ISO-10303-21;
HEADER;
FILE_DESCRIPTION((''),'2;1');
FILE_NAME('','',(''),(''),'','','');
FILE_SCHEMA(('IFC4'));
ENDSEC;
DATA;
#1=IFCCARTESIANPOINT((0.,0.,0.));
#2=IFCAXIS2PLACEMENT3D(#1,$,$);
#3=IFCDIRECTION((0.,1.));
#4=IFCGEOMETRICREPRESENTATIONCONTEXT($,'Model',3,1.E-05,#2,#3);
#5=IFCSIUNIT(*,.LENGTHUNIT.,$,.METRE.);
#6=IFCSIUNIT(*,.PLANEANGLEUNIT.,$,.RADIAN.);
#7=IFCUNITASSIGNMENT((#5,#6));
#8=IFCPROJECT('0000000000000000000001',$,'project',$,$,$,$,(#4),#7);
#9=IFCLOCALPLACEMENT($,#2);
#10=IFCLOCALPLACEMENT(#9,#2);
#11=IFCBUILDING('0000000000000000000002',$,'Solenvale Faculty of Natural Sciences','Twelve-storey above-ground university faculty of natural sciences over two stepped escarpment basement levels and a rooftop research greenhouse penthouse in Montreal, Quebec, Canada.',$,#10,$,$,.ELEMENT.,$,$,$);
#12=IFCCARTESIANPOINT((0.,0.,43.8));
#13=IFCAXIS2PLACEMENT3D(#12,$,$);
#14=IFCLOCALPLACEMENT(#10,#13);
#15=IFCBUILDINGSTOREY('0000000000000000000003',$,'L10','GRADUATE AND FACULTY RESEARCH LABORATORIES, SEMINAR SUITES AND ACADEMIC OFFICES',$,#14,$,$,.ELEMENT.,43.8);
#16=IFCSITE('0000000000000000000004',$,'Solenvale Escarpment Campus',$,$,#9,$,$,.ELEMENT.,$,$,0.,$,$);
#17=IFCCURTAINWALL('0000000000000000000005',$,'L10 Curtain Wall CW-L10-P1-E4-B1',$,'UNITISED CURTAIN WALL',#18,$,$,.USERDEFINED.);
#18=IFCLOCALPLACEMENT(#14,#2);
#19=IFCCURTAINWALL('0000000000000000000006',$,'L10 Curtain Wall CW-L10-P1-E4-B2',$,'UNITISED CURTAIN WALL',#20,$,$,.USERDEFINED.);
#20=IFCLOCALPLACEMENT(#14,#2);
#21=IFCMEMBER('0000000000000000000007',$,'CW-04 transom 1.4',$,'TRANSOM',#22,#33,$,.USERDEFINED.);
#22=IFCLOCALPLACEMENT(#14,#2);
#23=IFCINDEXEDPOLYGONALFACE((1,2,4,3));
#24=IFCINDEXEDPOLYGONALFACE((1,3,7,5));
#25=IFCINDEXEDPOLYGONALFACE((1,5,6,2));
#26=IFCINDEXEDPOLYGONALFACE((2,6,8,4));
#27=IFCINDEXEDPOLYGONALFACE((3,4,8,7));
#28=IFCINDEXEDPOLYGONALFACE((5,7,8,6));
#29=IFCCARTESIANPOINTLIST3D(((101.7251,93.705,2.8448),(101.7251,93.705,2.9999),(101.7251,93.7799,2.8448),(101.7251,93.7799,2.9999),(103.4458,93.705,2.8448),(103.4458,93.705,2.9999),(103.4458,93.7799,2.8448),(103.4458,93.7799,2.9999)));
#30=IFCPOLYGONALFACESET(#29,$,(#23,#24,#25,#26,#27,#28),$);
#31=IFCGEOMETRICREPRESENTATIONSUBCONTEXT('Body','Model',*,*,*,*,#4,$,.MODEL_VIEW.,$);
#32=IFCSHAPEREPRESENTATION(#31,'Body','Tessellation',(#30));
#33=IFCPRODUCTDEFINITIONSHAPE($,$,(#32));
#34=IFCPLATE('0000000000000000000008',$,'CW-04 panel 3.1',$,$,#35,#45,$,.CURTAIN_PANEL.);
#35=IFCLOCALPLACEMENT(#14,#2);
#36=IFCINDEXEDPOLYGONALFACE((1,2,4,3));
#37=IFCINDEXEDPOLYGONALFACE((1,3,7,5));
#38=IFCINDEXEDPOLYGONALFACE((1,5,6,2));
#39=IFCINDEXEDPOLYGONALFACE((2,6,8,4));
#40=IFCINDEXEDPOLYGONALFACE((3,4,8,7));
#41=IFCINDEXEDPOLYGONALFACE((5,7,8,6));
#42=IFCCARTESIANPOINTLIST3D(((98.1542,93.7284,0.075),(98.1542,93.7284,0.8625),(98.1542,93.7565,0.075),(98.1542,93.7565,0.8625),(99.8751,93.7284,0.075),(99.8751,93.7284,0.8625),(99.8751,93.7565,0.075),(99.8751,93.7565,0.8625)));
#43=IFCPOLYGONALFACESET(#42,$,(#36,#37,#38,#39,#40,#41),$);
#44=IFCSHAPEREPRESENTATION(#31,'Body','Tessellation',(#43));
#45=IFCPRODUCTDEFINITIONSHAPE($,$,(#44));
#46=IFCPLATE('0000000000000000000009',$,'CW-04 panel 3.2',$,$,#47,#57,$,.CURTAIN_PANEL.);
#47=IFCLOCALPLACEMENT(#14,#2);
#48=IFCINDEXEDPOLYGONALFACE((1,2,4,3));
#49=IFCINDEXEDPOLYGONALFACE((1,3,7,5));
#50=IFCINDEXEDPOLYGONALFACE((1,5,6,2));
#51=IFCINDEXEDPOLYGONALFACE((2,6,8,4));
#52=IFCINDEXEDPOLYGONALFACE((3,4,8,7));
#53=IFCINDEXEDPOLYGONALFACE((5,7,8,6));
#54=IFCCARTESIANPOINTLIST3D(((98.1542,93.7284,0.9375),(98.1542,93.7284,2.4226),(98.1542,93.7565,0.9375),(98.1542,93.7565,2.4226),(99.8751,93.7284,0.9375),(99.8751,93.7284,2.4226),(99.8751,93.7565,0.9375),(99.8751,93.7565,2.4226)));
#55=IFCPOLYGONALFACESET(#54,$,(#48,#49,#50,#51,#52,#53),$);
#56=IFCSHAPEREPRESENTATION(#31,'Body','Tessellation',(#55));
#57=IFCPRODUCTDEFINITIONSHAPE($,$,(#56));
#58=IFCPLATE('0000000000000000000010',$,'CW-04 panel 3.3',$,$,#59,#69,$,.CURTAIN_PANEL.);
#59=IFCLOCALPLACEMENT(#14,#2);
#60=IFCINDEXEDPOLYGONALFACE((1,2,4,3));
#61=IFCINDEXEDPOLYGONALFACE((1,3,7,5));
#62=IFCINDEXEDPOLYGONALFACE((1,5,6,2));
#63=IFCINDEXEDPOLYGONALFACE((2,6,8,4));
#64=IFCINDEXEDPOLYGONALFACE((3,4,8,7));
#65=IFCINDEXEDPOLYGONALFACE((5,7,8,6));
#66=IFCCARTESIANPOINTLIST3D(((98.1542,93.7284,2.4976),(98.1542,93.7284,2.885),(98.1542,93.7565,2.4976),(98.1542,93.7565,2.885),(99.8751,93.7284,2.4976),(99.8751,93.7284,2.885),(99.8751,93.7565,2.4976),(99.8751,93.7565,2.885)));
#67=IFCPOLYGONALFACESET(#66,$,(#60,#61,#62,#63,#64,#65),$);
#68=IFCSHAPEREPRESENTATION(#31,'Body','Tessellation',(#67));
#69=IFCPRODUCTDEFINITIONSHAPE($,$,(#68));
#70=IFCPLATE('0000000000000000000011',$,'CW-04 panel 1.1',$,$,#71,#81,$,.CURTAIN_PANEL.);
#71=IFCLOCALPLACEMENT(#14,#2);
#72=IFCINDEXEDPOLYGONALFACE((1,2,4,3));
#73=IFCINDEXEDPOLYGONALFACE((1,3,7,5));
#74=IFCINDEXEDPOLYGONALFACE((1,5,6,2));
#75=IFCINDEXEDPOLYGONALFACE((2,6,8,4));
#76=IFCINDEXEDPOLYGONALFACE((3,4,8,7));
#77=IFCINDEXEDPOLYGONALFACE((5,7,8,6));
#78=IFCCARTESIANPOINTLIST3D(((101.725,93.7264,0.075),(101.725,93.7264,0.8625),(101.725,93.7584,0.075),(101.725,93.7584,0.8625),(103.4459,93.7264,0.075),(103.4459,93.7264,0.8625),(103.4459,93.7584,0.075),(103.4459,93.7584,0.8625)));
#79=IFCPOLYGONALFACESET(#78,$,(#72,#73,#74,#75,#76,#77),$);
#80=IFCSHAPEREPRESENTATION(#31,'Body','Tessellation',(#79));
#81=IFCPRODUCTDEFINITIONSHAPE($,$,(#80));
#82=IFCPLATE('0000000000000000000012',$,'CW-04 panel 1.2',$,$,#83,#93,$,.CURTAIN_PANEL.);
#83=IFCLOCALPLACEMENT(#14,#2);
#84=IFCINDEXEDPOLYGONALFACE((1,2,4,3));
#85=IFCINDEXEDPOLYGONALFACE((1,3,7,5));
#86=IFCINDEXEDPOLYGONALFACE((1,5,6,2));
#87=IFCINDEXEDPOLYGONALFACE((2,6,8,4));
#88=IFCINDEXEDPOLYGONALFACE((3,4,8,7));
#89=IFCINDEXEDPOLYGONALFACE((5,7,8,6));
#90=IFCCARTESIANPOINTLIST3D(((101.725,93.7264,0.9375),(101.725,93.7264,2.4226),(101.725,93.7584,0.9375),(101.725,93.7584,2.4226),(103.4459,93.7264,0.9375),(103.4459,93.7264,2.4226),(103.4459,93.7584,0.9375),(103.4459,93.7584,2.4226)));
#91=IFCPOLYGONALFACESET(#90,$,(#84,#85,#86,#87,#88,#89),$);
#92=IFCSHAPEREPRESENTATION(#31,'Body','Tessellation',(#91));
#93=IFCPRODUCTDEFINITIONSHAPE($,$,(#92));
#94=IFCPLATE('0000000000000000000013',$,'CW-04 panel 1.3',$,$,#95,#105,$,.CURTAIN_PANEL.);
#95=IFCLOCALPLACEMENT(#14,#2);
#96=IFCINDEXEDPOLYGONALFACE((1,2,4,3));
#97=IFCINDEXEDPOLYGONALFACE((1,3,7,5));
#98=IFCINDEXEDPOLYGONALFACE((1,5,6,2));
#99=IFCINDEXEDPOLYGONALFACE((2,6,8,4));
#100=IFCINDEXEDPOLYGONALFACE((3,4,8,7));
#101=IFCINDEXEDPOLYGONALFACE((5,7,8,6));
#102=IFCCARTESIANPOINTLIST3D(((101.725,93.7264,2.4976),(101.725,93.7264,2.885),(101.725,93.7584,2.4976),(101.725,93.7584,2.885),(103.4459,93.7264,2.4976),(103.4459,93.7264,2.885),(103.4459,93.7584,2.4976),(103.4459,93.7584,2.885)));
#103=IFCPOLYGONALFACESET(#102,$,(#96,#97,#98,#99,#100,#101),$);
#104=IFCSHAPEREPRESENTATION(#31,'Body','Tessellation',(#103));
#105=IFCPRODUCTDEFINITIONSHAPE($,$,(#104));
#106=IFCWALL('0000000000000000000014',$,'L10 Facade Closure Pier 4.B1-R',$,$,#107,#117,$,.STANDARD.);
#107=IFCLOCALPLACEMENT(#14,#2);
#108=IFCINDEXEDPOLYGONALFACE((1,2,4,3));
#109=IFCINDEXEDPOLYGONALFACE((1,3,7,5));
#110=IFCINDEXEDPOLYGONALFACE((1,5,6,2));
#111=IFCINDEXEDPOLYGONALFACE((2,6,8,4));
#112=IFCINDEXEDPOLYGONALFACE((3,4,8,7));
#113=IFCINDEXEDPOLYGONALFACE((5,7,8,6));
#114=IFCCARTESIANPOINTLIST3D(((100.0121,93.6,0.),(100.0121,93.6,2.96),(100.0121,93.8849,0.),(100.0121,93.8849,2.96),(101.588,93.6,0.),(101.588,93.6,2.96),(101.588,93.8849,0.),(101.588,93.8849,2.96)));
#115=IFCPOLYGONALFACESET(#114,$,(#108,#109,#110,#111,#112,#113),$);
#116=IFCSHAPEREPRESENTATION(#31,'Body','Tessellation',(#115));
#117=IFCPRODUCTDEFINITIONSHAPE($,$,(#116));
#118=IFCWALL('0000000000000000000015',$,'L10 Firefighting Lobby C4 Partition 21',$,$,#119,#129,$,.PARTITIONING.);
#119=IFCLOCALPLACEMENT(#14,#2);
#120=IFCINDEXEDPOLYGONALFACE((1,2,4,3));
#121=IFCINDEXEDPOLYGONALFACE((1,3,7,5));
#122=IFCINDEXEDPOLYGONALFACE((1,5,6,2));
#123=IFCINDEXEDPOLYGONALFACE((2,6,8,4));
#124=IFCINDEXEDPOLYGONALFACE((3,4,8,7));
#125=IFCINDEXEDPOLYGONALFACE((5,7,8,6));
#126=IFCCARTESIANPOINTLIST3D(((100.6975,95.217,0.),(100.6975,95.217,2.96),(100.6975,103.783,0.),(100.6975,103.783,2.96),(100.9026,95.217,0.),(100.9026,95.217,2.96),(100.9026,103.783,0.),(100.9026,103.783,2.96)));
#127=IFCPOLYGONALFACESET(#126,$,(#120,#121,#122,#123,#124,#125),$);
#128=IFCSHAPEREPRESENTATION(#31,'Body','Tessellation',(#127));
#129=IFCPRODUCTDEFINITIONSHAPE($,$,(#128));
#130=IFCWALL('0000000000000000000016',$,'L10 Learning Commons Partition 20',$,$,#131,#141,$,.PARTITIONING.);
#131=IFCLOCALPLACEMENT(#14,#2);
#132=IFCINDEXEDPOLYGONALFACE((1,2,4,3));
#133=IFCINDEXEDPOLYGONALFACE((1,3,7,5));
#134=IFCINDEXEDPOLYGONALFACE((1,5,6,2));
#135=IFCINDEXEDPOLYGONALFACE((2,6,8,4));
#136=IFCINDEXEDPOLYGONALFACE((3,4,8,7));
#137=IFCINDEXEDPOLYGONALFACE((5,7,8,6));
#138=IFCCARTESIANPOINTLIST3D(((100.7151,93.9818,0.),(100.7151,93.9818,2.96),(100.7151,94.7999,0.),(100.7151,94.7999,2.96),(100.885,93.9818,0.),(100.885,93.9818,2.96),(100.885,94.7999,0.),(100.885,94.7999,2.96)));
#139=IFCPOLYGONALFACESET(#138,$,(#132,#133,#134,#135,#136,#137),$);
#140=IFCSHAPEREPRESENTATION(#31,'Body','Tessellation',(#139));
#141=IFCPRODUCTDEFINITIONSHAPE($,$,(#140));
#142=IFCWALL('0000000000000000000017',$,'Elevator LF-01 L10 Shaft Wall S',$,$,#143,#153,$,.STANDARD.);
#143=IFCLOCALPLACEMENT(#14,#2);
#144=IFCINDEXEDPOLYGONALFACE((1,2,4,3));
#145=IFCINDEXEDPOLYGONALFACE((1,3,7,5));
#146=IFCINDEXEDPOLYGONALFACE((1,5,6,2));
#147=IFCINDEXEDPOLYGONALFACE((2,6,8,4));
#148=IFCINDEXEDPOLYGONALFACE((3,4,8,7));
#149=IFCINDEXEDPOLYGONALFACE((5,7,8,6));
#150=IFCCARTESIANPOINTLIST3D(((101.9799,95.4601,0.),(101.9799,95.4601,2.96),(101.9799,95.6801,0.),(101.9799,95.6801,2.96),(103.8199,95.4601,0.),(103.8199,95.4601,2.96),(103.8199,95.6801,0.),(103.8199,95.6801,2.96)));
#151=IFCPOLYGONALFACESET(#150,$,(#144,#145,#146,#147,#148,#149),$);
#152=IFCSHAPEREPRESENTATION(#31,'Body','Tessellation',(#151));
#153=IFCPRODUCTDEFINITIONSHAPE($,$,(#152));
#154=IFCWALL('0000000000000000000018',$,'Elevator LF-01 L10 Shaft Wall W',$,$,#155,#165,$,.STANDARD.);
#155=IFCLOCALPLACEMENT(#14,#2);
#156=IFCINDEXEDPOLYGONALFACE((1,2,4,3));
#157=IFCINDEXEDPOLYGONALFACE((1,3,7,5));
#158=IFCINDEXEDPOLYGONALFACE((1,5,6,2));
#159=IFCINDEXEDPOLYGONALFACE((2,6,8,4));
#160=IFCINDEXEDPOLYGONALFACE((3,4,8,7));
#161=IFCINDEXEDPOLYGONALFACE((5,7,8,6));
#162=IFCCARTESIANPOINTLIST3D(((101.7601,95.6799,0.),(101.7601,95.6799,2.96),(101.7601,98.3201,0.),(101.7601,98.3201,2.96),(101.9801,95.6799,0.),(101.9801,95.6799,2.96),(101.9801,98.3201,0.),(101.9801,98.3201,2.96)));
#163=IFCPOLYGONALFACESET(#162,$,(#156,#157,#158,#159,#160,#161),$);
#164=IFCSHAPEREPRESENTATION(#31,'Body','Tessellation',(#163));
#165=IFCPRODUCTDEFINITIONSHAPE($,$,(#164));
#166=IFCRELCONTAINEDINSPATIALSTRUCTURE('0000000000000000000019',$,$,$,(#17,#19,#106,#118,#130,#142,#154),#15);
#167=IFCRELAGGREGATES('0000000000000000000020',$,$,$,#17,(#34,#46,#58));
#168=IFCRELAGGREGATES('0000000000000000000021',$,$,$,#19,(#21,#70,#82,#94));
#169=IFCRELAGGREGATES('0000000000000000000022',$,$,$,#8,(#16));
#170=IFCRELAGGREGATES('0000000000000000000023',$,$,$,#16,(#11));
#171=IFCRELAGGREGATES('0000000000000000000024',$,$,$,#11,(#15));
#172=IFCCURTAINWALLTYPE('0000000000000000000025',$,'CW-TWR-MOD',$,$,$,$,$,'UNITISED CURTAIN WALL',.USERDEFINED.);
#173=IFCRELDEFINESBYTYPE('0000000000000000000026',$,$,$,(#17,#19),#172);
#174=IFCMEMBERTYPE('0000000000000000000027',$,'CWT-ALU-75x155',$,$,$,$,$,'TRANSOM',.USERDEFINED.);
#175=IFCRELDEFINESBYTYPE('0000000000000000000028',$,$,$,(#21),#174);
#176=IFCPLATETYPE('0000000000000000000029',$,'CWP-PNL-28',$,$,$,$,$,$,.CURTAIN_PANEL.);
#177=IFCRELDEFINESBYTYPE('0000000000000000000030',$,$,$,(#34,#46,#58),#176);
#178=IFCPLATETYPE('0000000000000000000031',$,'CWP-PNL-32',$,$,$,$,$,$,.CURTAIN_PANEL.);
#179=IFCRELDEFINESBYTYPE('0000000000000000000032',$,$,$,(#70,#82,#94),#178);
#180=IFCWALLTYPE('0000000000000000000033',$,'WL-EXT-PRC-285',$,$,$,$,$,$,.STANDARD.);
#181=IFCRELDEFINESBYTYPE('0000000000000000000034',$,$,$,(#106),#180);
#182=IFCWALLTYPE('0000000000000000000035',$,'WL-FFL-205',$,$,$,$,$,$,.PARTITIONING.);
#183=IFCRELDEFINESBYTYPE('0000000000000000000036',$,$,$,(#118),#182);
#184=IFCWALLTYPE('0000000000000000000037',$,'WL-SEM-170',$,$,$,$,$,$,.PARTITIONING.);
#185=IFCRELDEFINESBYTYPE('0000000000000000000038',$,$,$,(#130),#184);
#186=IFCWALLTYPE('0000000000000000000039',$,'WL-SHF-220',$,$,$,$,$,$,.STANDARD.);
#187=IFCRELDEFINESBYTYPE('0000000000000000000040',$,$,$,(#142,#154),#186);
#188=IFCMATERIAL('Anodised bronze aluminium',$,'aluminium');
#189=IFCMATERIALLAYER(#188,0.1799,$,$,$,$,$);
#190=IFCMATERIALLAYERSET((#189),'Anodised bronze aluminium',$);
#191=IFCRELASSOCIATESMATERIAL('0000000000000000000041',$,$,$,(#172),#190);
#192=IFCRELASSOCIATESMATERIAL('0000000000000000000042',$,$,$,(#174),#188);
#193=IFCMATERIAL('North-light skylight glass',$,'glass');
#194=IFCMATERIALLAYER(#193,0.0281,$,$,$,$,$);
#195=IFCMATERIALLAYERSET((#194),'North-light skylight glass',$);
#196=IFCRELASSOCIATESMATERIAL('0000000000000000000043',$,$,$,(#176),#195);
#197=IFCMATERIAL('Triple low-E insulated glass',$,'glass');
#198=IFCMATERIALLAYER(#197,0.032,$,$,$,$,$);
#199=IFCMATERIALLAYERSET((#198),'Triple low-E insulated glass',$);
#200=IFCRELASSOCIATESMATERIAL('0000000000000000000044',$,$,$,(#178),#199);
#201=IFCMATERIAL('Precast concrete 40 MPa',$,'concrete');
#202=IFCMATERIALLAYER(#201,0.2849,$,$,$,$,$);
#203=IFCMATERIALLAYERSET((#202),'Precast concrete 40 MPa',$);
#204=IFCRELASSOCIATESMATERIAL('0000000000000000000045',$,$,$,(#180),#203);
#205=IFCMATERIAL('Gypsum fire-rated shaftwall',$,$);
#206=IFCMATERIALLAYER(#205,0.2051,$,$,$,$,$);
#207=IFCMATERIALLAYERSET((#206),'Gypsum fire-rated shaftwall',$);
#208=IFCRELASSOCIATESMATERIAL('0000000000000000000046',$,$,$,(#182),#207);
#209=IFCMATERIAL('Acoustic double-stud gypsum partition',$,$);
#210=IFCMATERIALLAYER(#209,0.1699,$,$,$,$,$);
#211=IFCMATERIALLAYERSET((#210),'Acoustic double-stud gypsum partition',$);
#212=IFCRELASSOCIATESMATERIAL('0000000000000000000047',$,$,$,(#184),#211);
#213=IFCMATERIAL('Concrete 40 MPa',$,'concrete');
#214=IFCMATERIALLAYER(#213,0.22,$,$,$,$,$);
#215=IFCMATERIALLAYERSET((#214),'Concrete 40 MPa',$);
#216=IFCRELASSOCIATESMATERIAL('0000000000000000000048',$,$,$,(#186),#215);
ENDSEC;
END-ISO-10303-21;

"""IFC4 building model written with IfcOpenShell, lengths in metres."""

from ifc_helpers import new_model, si_unit, direction, frame, frame_2d, origin, origin_2d, place, context, subcontext, project, spatial, rectangle, extrude, material, layer, layer_set, material_profile, profile_set, type_object, element, aggregate, save


model = new_model("IFC4")

# Units and contexts
model_context = context("Model", 3, precision=1e-05, world=origin(), true_north=direction((0.0, 1.0)))
body_context = subcontext(model_context, "Body", "Model", "MODEL_VIEW")
ifc_project = project(units=[si_unit("LENGTHUNIT", "METRE"), si_unit("PLANEANGLEUNIT", "RADIAN")], contexts=[model_context])

# Site, building, storey
site_placement = place(None, origin())
site = spatial("IfcSite", under=ifc_project, at=site_placement, Name="Solenvale Escarpment Campus", CompositionType="ELEMENT", RefElevation=0.0)
building_placement = place(site_placement, origin())
building = spatial("IfcBuilding", under=site, at=building_placement, Name="Solenvale Faculty of Natural Sciences", Description="Twelve-storey above-ground university faculty of natural sciences over two stepped escarpment basement levels and a rooftop research greenhouse penthouse in Montreal, Quebec, Canada.", CompositionType="ELEMENT")
storey_placement = place(building_placement, frame((0.0, 0.0, 43.8)))
storey = spatial("IfcBuildingStorey", under=building, at=storey_placement, Name="L10", Description="GRADUATE AND FACULTY RESEARCH LABORATORIES, SEMINAR SUITES AND ACADEMIC OFFICES", CompositionType="ELEMENT", Elevation=43.8)

# Shared definitions
ifc_material_1 = material(Name="Concrete 40 MPa", Category="concrete")

# Curtain walls
ifc_material_2 = material(Name="Anodised bronze aluminium", Category="aluminium")
ifc_layer_1 = layer(ifc_material_2, 0.1799)
ifc_layer_set_1 = layer_set([ifc_layer_1], Name="Anodised bronze aluminium")
curtain_wall_type = type_object("IfcCurtainWallType", Name="CW-TWR-MOD", ElementType="UNITISED CURTAIN WALL", PredefinedType="USERDEFINED", material=ifc_layer_set_1)
curtain_wall_1_placement = place(storey_placement, origin())
curtain_wall_1 = element("IfcCurtainWall", 1, at=curtain_wall_1_placement, inside=storey, type_object=curtain_wall_type, Name="L10 Curtain Wall CW-L10-P1-E4-B1", ObjectType="UNITISED CURTAIN WALL", PredefinedType="USERDEFINED")
curtain_wall_2_placement = place(storey_placement, origin())
curtain_wall_2 = element("IfcCurtainWall", 2, at=curtain_wall_2_placement, inside=storey, type_object=curtain_wall_type, Name="L10 Curtain Wall CW-L10-P1-E4-B2", ObjectType="UNITISED CURTAIN WALL", PredefinedType="USERDEFINED")

# Member
ifc_material_profile_1 = material_profile(ifc_material_2, rectangle(XDim=0.075, YDim=0.155, at=origin_2d()), Name="ALU-TRN-75x155")
ifc_profile_set_1 = profile_set([ifc_material_profile_1], Name="Anodised bronze aluminium")
member_type_1 = type_object("IfcMemberType", Name="CWT-ALU-75x155", ElementType="TRANSOM", PredefinedType="USERDEFINED", material=ifc_profile_set_1)
member_1_placement = place(storey_placement, frame((101.7251, 93.7424, 2.9224), z_axis=(1.0, 0.0, 0.0), x_axis=(0.0, 1.0, 0.0)))
member_1 = element("IfcMember", 3, at=member_1_placement, type_object=member_type_1, Name="CW-04 transom 1.4", ObjectType="TRANSOM", PredefinedType="USERDEFINED", context=body_context, shape_type="SweptSolid", body=[
    extrude(rectangle(XDim=0.075, YDim=0.155, at=origin_2d()), origin(), (0.0, 0.0, 1.0), 1.7207),
])

# Plates
ifc_material_3 = material(Name="North-light skylight glass", Category="glass")
ifc_layer_2 = layer(ifc_material_3, 0.0281)
ifc_layer_set_2 = layer_set([ifc_layer_2], Name="North-light skylight glass")
plate_type_1 = type_object("IfcPlateType", Name="CWP-PNL-28", PredefinedType="CURTAIN_PANEL", material=ifc_layer_set_2)
plate_1_placement = place(storey_placement, frame((99.0146, 93.7424, 0.075), z_axis=(0.0, 0.0, 1.0), x_axis=(1.0, 0.0, 0.0)))
plate_1 = element("IfcPlate", 4, at=plate_1_placement, type_object=plate_type_1, Name="CW-04 panel 3.1", PredefinedType="CURTAIN_PANEL", context=body_context, shape_type="SweptSolid", body=[
    extrude(rectangle(XDim=1.7209, YDim=0.0281, at=origin_2d()), origin(), (0.0, 0.0, 1.0), 0.7876),
])
plate_2_placement = place(storey_placement, frame((99.0146, 93.7424, 0.9375), z_axis=(0.0, 0.0, 1.0), x_axis=(1.0, 0.0, 0.0)))
plate_2 = element("IfcPlate", 5, at=plate_2_placement, type_object=plate_type_1, Name="CW-04 panel 3.2", PredefinedType="CURTAIN_PANEL", context=body_context, shape_type="SweptSolid", body=[
    extrude(rectangle(XDim=1.7209, YDim=0.0281, at=origin_2d()), origin(), (0.0, 0.0, 1.0), 1.4851),
])
plate_3_placement = place(storey_placement, frame((99.0146, 93.7424, 2.4976), z_axis=(0.0, 0.0, 1.0), x_axis=(1.0, 0.0, 0.0)))
plate_3 = element("IfcPlate", 6, at=plate_3_placement, type_object=plate_type_1, Name="CW-04 panel 3.3", PredefinedType="CURTAIN_PANEL", context=body_context, shape_type="SweptSolid", body=[
    extrude(rectangle(XDim=1.7209, YDim=0.0281, at=origin_2d()), origin(), (0.0, 0.0, 1.0), 0.3875),
])
aggregate(curtain_wall_1, [plate_1, plate_2, plate_3])
ifc_material_4 = material(Name="Triple low-E insulated glass", Category="glass")
ifc_layer_3 = layer(ifc_material_4, 0.032)
ifc_layer_set_3 = layer_set([ifc_layer_3], Name="Triple low-E insulated glass")
plate_type_2 = type_object("IfcPlateType", Name="CWP-PNL-32", PredefinedType="CURTAIN_PANEL", material=ifc_layer_set_3)
plate_4_placement = place(storey_placement, frame((102.5854, 93.7424, 0.075), z_axis=(0.0, 0.0, 1.0), x_axis=(1.0, 0.0, 0.0)))
plate_4 = element("IfcPlate", 7, at=plate_4_placement, type_object=plate_type_2, Name="CW-04 panel 1.1", PredefinedType="CURTAIN_PANEL", context=body_context, shape_type="SweptSolid", body=[
    extrude(rectangle(XDim=1.7209, YDim=0.032, at=origin_2d()), origin(), (0.0, 0.0, 1.0), 0.7876),
])
plate_5_placement = place(storey_placement, frame((102.5854, 93.7424, 0.9375), z_axis=(0.0, 0.0, 1.0), x_axis=(1.0, 0.0, 0.0)))
plate_5 = element("IfcPlate", 8, at=plate_5_placement, type_object=plate_type_2, Name="CW-04 panel 1.2", PredefinedType="CURTAIN_PANEL", context=body_context, shape_type="SweptSolid", body=[
    extrude(rectangle(XDim=1.7209, YDim=0.032, at=origin_2d()), origin(), (0.0, 0.0, 1.0), 1.4851),
])
plate_6_placement = place(storey_placement, frame((102.5854, 93.7424, 2.4976), z_axis=(0.0, 0.0, 1.0), x_axis=(1.0, 0.0, 0.0)))
plate_6 = element("IfcPlate", 9, at=plate_6_placement, type_object=plate_type_2, Name="CW-04 panel 1.3", PredefinedType="CURTAIN_PANEL", context=body_context, shape_type="SweptSolid", body=[
    extrude(rectangle(XDim=1.7209, YDim=0.032, at=origin_2d()), origin(), (0.0, 0.0, 1.0), 0.3875),
])
aggregate(curtain_wall_2, [member_1, plate_4, plate_5, plate_6])

# Walls
ifc_material_5 = material(Name="Precast concrete 40 MPa", Category="concrete")
ifc_layer_4 = layer(ifc_material_5, 0.2849)
ifc_layer_set_4 = layer_set([ifc_layer_4], Name="Precast concrete 40 MPa")
wall_type_1 = type_object("IfcWallType", Name="WL-EXT-PRC-285", PredefinedType="STANDARD", material=ifc_layer_set_4)
wall_1_placement = place(storey_placement, frame((100.012, 93.7424, 0.0), z_axis=(0.0, 0.0, 1.0), x_axis=(1.0, 0.0, 0.0)))
element("IfcWall", 10, at=wall_1_placement, inside=storey, type_object=wall_type_1, Name="L10 Facade Closure Pier 4.B1-R", PredefinedType="STANDARD", context=body_context, shape_type="SweptSolid", body=[
    extrude(rectangle(XDim=1.5759, YDim=0.2849, at=frame_2d((0.7881, 0.0))), origin(), (0.0, 0.0, 1.0), 2.96),
])
ifc_material_6 = material(Name="Gypsum fire-rated shaftwall")
ifc_layer_5 = layer(ifc_material_6, 0.2051)
ifc_layer_set_5 = layer_set([ifc_layer_5], Name="Gypsum fire-rated shaftwall")
wall_type_2 = type_object("IfcWallType", Name="WL-FFL-205", PredefinedType="PARTITIONING", material=ifc_layer_set_5)
wall_2_placement = place(storey_placement, frame((100.8, 95.217, 0.0), z_axis=(0.0, 0.0, 1.0), x_axis=(0.0, 1.0, 0.0)))
element("IfcWall", 11, at=wall_2_placement, inside=storey, type_object=wall_type_2, Name="L10 Firefighting Lobby C4 Partition 21", PredefinedType="PARTITIONING", context=body_context, shape_type="SweptSolid", body=[
    extrude(rectangle(XDim=8.5659, YDim=0.2051, at=frame_2d((4.283, 0.0))), origin(), (0.0, 0.0, 1.0), 2.96),
])
ifc_material_7 = material(Name="Acoustic double-stud gypsum partition")
ifc_layer_6 = layer(ifc_material_7, 0.1699)
ifc_layer_set_6 = layer_set([ifc_layer_6], Name="Acoustic double-stud gypsum partition")
wall_type_3 = type_object("IfcWallType", Name="WL-SEM-170", PredefinedType="PARTITIONING", material=ifc_layer_set_6)
wall_3_placement = place(storey_placement, frame((100.8, 94.8, 0.0), z_axis=(0.0, 0.0, 1.0), x_axis=(0.0, -1.0, 0.0)))
element("IfcWall", 12, at=wall_3_placement, inside=storey, type_object=wall_type_3, Name="L10 Learning Commons Partition 20", PredefinedType="PARTITIONING", context=body_context, shape_type="SweptSolid", body=[
    extrude(rectangle(XDim=0.8181, YDim=0.1699, at=frame_2d((0.4092, 0.0))), origin(), (0.0, 0.0, 1.0), 2.96),
])
ifc_layer_7 = layer(ifc_material_1, 0.22)
ifc_layer_set_7 = layer_set([ifc_layer_7], Name="Concrete 40 MPa")
wall_type_4 = type_object("IfcWallType", Name="WL-SHF-220", PredefinedType="STANDARD", material=ifc_layer_set_7)
wall_4_placement = place(storey_placement, frame((101.98, 95.5701, 0.0), z_axis=(0.0, 0.0, 1.0), x_axis=(1.0, 0.0, 0.0)))
element("IfcWall", 13, at=wall_4_placement, inside=storey, type_object=wall_type_4, Name="Elevator LF-01 L10 Shaft Wall S", PredefinedType="STANDARD", context=body_context, shape_type="SweptSolid", body=[
    extrude(rectangle(XDim=1.8401, YDim=0.22, at=frame_2d((0.9199, 0.0))), origin(), (0.0, 0.0, 1.0), 2.96),
])

# Wall
wall_5_placement = place(storey_placement, frame((101.8701, 95.6799, 0.0), z_axis=(0.0, 0.0, 1.0), x_axis=(0.0, 1.0, 0.0)))
element("IfcWall", 14, at=wall_5_placement, inside=storey, type_object=wall_type_4, Name="Elevator LF-01 L10 Shaft Wall W", PredefinedType="STANDARD", context=body_context, shape_type="SweptSolid", body=[
    extrude(rectangle(XDim=2.6401, YDim=0.22, at=frame_2d((1.3201, 0.0))), origin(), (0.0, 0.0, 1.0), 2.96),
])

save(model, "model.ifc")
